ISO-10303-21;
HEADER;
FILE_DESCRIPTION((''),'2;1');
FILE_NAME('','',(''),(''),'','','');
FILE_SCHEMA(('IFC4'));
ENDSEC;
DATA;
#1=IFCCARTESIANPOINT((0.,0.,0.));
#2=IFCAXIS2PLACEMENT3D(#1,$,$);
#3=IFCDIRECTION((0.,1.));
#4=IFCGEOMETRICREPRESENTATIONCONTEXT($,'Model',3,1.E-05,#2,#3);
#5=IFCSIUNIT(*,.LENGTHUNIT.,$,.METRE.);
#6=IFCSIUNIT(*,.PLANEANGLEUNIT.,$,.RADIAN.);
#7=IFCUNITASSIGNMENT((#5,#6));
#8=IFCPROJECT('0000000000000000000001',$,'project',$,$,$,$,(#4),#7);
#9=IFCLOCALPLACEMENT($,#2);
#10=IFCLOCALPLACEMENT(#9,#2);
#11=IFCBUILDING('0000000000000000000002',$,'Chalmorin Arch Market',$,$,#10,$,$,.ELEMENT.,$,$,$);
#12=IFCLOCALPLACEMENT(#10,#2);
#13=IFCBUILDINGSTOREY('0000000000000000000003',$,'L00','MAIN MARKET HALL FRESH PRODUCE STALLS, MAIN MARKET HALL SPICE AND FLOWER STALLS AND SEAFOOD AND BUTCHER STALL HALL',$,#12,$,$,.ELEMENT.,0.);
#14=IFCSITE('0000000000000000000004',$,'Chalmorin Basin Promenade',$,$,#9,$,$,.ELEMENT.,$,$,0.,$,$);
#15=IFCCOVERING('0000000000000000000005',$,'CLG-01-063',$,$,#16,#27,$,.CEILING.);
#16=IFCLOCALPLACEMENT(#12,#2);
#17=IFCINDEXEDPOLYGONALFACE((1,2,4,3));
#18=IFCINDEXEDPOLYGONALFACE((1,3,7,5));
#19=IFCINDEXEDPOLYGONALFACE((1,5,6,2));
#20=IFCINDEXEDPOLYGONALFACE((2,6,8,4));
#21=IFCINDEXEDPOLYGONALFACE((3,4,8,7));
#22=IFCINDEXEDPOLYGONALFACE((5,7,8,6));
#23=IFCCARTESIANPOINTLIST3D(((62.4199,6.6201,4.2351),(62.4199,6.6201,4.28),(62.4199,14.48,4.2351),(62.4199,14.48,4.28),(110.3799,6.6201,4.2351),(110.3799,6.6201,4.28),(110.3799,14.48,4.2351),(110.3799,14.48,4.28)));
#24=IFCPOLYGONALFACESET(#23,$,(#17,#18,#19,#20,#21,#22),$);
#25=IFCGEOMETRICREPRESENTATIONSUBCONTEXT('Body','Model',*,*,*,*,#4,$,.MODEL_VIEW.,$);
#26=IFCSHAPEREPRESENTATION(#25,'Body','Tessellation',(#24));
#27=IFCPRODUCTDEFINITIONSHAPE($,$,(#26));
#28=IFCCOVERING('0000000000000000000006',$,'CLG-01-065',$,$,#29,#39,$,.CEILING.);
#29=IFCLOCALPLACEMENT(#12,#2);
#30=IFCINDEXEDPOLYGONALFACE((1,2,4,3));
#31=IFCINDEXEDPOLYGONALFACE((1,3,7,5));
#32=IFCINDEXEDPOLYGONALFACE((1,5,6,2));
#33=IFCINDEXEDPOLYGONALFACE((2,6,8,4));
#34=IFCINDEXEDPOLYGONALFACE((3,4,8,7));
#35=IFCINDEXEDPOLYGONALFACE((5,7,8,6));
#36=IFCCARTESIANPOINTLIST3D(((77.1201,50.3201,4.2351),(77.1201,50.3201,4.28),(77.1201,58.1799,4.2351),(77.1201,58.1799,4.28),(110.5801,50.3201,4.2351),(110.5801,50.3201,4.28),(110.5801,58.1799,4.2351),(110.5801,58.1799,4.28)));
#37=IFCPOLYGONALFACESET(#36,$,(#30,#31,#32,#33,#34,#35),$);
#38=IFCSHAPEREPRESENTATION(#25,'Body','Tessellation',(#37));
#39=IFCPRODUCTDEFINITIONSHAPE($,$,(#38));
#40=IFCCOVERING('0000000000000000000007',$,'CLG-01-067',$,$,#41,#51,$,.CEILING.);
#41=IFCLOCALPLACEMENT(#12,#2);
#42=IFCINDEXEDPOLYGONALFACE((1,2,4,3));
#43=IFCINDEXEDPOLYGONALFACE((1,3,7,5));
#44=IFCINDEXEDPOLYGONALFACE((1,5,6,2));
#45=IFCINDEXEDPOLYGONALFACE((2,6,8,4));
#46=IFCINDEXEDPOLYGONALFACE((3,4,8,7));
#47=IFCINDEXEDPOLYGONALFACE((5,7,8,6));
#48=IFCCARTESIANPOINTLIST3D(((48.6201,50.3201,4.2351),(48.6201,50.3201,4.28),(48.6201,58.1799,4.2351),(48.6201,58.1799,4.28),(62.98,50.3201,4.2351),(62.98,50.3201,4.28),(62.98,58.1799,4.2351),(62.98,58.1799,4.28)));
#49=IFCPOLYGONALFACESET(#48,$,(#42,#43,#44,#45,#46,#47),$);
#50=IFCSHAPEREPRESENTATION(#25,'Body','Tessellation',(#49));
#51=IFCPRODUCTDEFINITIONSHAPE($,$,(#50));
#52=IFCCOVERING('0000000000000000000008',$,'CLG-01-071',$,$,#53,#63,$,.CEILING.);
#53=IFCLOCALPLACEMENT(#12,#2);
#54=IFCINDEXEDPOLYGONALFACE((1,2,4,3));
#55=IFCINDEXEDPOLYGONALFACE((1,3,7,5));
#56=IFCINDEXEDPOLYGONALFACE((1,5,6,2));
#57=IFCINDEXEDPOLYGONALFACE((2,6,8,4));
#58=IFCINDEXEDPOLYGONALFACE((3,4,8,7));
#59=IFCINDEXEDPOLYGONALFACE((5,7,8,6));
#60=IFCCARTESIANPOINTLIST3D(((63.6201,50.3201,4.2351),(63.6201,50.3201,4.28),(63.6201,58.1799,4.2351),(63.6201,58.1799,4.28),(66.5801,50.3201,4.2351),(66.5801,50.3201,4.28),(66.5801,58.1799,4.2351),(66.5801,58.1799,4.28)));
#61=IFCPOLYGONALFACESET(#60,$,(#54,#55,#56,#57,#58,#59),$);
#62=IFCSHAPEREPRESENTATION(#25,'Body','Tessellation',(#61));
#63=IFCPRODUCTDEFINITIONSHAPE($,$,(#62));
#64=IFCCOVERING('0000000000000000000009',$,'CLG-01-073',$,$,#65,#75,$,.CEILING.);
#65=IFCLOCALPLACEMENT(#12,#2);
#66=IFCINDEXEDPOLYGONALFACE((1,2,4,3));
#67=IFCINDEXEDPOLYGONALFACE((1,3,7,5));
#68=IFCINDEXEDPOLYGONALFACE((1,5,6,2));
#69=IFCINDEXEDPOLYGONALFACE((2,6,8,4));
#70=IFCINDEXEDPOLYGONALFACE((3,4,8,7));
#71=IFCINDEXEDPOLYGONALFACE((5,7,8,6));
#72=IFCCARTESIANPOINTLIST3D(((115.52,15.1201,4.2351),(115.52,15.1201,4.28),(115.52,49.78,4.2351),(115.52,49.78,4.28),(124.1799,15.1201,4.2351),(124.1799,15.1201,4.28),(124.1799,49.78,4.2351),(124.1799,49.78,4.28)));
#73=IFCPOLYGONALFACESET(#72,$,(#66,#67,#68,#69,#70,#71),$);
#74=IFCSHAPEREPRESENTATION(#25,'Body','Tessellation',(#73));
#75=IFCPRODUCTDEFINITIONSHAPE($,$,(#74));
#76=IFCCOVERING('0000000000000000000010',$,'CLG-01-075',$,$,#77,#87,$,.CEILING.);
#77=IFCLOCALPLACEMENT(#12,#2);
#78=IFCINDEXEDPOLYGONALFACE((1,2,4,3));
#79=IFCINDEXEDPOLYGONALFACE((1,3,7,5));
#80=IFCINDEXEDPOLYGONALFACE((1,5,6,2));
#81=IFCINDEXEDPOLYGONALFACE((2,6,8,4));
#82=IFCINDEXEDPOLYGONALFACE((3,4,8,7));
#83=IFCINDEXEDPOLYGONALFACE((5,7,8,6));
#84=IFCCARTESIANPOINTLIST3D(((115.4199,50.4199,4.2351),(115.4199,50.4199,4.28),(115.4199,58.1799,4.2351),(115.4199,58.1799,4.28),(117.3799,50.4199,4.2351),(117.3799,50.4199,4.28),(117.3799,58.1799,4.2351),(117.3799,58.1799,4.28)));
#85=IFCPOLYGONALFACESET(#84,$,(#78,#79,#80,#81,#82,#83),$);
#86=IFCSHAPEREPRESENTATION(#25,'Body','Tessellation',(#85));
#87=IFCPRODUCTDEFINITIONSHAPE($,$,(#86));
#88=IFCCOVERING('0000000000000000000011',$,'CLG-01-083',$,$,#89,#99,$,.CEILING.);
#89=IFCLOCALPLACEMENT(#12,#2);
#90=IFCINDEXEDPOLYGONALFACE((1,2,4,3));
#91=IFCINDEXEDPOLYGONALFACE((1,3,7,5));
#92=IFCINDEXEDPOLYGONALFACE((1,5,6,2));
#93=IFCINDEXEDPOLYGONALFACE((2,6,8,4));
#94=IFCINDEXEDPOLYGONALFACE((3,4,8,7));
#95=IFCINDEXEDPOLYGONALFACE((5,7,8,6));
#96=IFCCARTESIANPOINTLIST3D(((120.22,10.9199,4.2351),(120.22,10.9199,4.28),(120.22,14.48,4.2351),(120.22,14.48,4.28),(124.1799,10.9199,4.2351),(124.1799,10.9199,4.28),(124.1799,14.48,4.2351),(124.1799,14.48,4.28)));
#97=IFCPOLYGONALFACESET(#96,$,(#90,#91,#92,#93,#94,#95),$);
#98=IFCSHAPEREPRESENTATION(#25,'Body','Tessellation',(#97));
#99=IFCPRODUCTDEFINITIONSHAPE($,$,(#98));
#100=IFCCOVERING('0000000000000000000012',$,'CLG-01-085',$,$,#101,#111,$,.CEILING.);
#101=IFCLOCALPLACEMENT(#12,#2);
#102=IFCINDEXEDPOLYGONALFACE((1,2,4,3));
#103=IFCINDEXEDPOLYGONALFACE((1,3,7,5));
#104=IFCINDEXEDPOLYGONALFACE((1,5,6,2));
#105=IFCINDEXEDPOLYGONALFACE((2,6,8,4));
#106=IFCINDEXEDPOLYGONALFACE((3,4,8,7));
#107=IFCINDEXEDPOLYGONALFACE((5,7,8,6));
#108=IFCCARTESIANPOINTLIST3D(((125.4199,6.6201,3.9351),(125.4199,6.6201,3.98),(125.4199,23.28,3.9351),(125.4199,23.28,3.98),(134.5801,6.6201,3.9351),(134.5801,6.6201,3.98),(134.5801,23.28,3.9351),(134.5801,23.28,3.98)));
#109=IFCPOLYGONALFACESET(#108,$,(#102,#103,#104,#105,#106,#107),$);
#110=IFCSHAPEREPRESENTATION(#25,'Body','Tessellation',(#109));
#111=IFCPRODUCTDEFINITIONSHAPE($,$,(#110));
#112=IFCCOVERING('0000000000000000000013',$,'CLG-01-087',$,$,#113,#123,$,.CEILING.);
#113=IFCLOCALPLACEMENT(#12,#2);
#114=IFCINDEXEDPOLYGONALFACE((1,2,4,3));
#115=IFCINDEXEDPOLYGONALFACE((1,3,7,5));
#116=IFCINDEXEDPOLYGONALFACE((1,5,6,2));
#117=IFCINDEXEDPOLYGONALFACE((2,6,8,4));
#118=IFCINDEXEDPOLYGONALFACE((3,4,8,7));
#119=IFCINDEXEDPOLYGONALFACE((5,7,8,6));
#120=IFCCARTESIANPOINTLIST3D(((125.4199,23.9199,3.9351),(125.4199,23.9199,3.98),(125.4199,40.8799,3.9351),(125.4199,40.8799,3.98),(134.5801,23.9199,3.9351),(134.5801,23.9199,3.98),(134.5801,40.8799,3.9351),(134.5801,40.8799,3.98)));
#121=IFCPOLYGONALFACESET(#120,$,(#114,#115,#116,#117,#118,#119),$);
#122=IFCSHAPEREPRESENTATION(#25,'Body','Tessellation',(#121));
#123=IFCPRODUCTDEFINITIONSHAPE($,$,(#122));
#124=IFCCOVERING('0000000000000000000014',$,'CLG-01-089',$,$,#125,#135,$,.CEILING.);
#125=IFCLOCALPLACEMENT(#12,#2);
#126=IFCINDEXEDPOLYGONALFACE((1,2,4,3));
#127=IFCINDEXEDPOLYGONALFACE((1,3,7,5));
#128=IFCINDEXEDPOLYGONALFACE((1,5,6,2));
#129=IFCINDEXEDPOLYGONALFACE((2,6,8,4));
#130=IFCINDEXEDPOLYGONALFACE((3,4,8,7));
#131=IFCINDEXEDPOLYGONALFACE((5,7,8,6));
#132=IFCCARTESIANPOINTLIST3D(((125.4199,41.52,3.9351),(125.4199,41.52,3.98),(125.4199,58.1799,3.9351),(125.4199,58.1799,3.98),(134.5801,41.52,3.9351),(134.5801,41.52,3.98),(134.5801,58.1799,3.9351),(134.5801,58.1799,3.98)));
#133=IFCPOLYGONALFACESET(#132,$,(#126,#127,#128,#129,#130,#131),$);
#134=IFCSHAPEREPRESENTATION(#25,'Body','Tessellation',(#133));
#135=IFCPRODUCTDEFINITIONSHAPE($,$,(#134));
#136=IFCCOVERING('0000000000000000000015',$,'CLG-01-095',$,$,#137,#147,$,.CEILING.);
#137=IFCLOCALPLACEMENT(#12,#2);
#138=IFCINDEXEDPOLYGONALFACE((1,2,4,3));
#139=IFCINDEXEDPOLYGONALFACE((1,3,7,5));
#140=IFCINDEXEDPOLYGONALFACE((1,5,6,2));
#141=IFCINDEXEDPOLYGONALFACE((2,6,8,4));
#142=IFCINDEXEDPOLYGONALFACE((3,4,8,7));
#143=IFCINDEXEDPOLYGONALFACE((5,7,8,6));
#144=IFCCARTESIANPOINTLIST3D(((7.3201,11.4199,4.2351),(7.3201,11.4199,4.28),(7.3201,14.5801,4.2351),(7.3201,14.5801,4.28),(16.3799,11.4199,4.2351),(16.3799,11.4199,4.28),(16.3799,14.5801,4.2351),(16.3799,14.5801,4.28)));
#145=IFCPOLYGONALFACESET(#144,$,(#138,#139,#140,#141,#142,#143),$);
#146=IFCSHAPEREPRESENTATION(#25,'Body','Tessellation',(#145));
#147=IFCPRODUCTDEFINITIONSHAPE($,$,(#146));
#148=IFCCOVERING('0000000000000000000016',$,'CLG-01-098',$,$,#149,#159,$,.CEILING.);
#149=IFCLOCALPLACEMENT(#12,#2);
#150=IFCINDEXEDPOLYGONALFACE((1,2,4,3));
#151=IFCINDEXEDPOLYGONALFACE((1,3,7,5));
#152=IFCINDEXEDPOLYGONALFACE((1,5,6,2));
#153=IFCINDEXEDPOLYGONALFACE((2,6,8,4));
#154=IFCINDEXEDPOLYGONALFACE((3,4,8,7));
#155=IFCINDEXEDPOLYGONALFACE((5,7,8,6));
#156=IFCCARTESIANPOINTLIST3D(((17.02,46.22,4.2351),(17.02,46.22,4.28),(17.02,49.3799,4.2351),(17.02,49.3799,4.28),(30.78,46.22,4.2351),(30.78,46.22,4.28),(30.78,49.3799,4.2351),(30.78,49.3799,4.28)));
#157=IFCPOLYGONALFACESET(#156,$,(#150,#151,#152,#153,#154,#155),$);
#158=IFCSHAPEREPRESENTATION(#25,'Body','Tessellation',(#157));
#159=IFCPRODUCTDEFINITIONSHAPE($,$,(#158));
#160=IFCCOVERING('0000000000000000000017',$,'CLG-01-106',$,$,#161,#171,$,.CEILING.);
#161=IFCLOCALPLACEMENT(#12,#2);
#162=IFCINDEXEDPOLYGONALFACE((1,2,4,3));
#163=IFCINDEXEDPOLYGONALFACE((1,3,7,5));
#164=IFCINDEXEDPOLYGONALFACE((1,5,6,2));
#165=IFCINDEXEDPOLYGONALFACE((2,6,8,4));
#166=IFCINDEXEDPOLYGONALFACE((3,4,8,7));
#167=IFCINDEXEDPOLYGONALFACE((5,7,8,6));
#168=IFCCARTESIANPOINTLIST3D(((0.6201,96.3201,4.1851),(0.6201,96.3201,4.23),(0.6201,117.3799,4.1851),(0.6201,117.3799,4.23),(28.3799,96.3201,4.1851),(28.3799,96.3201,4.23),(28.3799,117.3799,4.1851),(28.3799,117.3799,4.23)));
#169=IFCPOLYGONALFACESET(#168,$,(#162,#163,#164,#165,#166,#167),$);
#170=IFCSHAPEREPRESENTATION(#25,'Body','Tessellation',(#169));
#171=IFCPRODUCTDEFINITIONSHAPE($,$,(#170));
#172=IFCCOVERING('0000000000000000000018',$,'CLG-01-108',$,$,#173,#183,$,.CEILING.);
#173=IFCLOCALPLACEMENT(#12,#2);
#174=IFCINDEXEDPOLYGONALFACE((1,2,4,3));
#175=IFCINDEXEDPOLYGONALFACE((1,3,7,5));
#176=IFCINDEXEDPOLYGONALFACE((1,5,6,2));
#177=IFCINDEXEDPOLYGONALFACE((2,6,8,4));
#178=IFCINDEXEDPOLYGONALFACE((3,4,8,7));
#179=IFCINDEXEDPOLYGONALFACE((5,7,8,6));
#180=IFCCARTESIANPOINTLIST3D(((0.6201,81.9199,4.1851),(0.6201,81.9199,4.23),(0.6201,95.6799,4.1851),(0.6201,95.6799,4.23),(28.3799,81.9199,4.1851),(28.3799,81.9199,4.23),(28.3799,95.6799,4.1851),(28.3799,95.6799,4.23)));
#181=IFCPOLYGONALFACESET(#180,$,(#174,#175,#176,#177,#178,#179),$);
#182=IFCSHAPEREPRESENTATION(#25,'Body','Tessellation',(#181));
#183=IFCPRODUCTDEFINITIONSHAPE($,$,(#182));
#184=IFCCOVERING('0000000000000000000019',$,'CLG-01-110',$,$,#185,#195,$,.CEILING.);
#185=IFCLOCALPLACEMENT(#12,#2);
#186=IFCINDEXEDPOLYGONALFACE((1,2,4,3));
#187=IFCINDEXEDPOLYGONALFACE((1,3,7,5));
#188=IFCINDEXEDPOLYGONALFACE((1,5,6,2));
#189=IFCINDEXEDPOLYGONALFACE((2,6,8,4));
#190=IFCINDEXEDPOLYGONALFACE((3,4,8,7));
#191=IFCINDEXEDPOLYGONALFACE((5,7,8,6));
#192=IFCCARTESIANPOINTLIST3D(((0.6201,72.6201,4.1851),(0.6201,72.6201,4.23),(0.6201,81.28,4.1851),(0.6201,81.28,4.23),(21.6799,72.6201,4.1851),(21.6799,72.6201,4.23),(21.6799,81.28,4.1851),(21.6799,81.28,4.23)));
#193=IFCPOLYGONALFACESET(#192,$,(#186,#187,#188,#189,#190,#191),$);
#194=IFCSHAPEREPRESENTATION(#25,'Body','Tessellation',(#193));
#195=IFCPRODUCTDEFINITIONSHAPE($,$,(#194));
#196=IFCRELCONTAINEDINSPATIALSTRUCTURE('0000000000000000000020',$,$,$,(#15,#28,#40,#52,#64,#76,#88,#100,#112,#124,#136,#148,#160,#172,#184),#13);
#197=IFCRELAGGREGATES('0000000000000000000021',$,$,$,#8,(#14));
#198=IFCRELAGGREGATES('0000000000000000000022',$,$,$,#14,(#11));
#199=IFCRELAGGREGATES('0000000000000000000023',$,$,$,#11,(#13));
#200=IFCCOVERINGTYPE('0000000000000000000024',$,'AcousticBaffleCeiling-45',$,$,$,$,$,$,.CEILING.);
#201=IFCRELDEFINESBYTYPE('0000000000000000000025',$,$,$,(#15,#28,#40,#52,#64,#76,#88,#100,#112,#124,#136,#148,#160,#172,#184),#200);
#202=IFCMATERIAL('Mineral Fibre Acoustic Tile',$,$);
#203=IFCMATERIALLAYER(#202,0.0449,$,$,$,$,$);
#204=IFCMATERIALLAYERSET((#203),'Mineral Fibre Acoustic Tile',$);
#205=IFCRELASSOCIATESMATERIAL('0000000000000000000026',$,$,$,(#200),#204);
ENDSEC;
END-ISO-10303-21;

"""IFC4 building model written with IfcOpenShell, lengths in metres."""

from ifc_helpers import new_model, si_unit, direction, frame, origin, place, context, subcontext, project, spatial, polyline, outline, extrude, material, layer, layer_set, type_object, element, save


model = new_model("IFC4")

# Units and contexts
model_context = context("Model", 3, precision=1e-05, world=origin(), true_north=direction((0.0, 1.0)))
body_context = subcontext(model_context, "Body", "Model", "MODEL_VIEW")
ifc_project = project(units=[si_unit("LENGTHUNIT", "METRE"), si_unit("PLANEANGLEUNIT", "RADIAN")], contexts=[model_context])

# Site, building, storey
site_placement = place(None, origin())
site = spatial("IfcSite", under=ifc_project, at=site_placement, Name="Chalmorin Basin Promenade", CompositionType="ELEMENT", RefElevation=0.0)
building_placement = place(site_placement, origin())
building = spatial("IfcBuilding", under=site, at=building_placement, Name="Chalmorin Arch Market", CompositionType="ELEMENT")
storey_placement = place(building_placement, origin())
storey = spatial("IfcBuildingStorey", under=building, at=storey_placement, Name="L00", Description="MAIN MARKET HALL FRESH PRODUCE STALLS, MAIN MARKET HALL SPICE AND FLOWER STALLS AND SEAFOOD AND BUTCHER STALL HALL", CompositionType="ELEMENT", Elevation=0.0)

# Coverings
ifc_material_1 = material(Name="Mineral Fibre Acoustic Tile")
ifc_layer_1 = layer(ifc_material_1, 0.0449)
ifc_layer_set_1 = layer_set([ifc_layer_1], Name="Mineral Fibre Acoustic Tile")
covering_type_1 = type_object("IfcCoveringType", Name="AcousticBaffleCeiling-45", PredefinedType="CEILING", material=ifc_layer_set_1)
covering_1_placement = place(storey_placement, frame((0.0, 0.0, 4.2351)))
element("IfcCovering", 1, at=covering_1_placement, inside=storey, type_object=covering_type_1, Name="CLG-01-063", PredefinedType="CEILING", context=body_context, shape_type="SweptSolid", body=[
    extrude(outline(polyline([(62.4199, 6.6201), (110.3799, 6.6201), (110.3799, 14.48), (62.4199, 14.48), (62.4199, 6.6201)])), origin(), (0.0, 0.0, 1.0), 0.0449),
])
covering_2_placement = place(storey_placement, frame((0.0, 0.0, 4.2351)))
element("IfcCovering", 2, at=covering_2_placement, inside=storey, type_object=covering_type_1, Name="CLG-01-065", PredefinedType="CEILING", context=body_context, shape_type="SweptSolid", body=[
    extrude(outline(polyline([(77.1201, 50.3201), (110.5801, 50.3201), (110.5801, 58.1799), (77.1201, 58.1799), (77.1201, 50.3201)])), origin(), (0.0, 0.0, 1.0), 0.0449),
])
covering_3_placement = place(storey_placement, frame((0.0, 0.0, 4.2351)))
element("IfcCovering", 3, at=covering_3_placement, inside=storey, type_object=covering_type_1, Name="CLG-01-067", PredefinedType="CEILING", context=body_context, shape_type="SweptSolid", body=[
    extrude(outline(polyline([(48.6201, 50.3201), (62.98, 50.3201), (62.98, 58.1799), (48.6201, 58.1799), (48.6201, 50.3201)])), origin(), (0.0, 0.0, 1.0), 0.0449),
])
covering_4_placement = place(storey_placement, frame((0.0, 0.0, 4.2351)))
element("IfcCovering", 4, at=covering_4_placement, inside=storey, type_object=covering_type_1, Name="CLG-01-071", PredefinedType="CEILING", context=body_context, shape_type="SweptSolid", body=[
    extrude(outline(polyline([(63.6201, 50.3201), (66.5801, 50.3201), (66.5801, 58.1799), (63.6201, 58.1799), (63.6201, 50.3201)])), origin(), (0.0, 0.0, 1.0), 0.0449),
])
covering_5_placement = place(storey_placement, frame((0.0, 0.0, 4.2351)))
element("IfcCovering", 5, at=covering_5_placement, inside=storey, type_object=covering_type_1, Name="CLG-01-073", PredefinedType="CEILING", context=body_context, shape_type="SweptSolid", body=[
    extrude(outline(polyline([(115.52, 15.1201), (124.1799, 15.1201), (124.1799, 49.78), (115.52, 49.78), (115.52, 15.1201)])), origin(), (0.0, 0.0, 1.0), 0.0449),
])
covering_6_placement = place(storey_placement, frame((0.0, 0.0, 4.2351)))
element("IfcCovering", 6, at=covering_6_placement, inside=storey, type_object=covering_type_1, Name="CLG-01-075", PredefinedType="CEILING", context=body_context, shape_type="SweptSolid", body=[
    extrude(outline(polyline([(115.4199, 50.4199), (117.3799, 50.4199), (117.3799, 58.1799), (115.4199, 58.1799), (115.4199, 50.4199)])), origin(), (0.0, 0.0, 1.0), 0.0449),
])
covering_7_placement = place(storey_placement, frame((0.0, 0.0, 4.2351)))
element("IfcCovering", 7, at=covering_7_placement, inside=storey, type_object=covering_type_1, Name="CLG-01-083", PredefinedType="CEILING", context=body_context, shape_type="SweptSolid", body=[
    extrude(outline(polyline([(120.22, 10.9199), (124.1799, 10.9199), (124.1799, 14.48), (120.22, 14.48), (120.22, 10.9199)])), origin(), (0.0, 0.0, 1.0), 0.0449),
])
covering_8_placement = place(storey_placement, frame((0.0, 0.0, 3.9351)))
element("IfcCovering", 8, at=covering_8_placement, inside=storey, type_object=covering_type_1, Name="CLG-01-085", PredefinedType="CEILING", context=body_context, shape_type="SweptSolid", body=[
    extrude(outline(polyline([(125.4199, 6.6201), (134.5801, 6.6201), (134.5801, 23.28), (125.4199, 23.28), (125.4199, 6.6201)])), origin(), (0.0, 0.0, 1.0), 0.0449),
])
covering_9_placement = place(storey_placement, frame((0.0, 0.0, 3.9351)))
element("IfcCovering", 9, at=covering_9_placement, inside=storey, type_object=covering_type_1, Name="CLG-01-087", PredefinedType="CEILING", context=body_context, shape_type="SweptSolid", body=[
    extrude(outline(polyline([(125.4199, 23.9199), (134.5801, 23.9199), (134.5801, 40.8799), (125.4199, 40.8799), (125.4199, 23.9199)])), origin(), (0.0, 0.0, 1.0), 0.0449),
])
covering_10_placement = place(storey_placement, frame((0.0, 0.0, 3.9351)))
element("IfcCovering", 10, at=covering_10_placement, inside=storey, type_object=covering_type_1, Name="CLG-01-089", PredefinedType="CEILING", context=body_context, shape_type="SweptSolid", body=[
    extrude(outline(polyline([(125.4199, 41.52), (134.5801, 41.52), (134.5801, 58.1799), (125.4199, 58.1799), (125.4199, 41.52)])), origin(), (0.0, 0.0, 1.0), 0.0449),
])
covering_11_placement = place(storey_placement, frame((0.0, 0.0, 4.2351)))
element("IfcCovering", 11, at=covering_11_placement, inside=storey, type_object=covering_type_1, Name="CLG-01-095", PredefinedType="CEILING", context=body_context, shape_type="SweptSolid", body=[
    extrude(outline(polyline([(7.3201, 11.4199), (16.3799, 11.4199), (16.3799, 14.5801), (7.3201, 14.5801), (7.3201, 11.4199)])), origin(), (0.0, 0.0, 1.0), 0.0449),
])
covering_12_placement = place(storey_placement, frame((0.0, 0.0, 4.2351)))
element("IfcCovering", 12, at=covering_12_placement, inside=storey, type_object=covering_type_1, Name="CLG-01-098", PredefinedType="CEILING", context=body_context, shape_type="SweptSolid", body=[
    extrude(outline(polyline([(17.02, 46.22), (30.78, 46.22), (30.78, 49.3799), (17.02, 49.3799), (17.02, 46.22)])), origin(), (0.0, 0.0, 1.0), 0.0449),
])
covering_13_placement = place(storey_placement, frame((0.0, 0.0, 4.1851)))
element("IfcCovering", 13, at=covering_13_placement, inside=storey, type_object=covering_type_1, Name="CLG-01-106", PredefinedType="CEILING", context=body_context, shape_type="SweptSolid", body=[
    extrude(outline(polyline([(0.6201, 96.3201), (28.3799, 96.3201), (28.3799, 117.3799), (0.6201, 117.3799), (0.6201, 96.3201)])), origin(), (0.0, 0.0, 1.0), 0.0449),
])
covering_14_placement = place(storey_placement, frame((0.0, 0.0, 4.1851)))
element("IfcCovering", 14, at=covering_14_placement, inside=storey, type_object=covering_type_1, Name="CLG-01-108", PredefinedType="CEILING", context=body_context, shape_type="SweptSolid", body=[
    extrude(outline(polyline([(0.6201, 81.9199), (28.3799, 81.9199), (28.3799, 95.6799), (0.6201, 95.6799), (0.6201, 81.9199)])), origin(), (0.0, 0.0, 1.0), 0.0449),
])
covering_15_placement = place(storey_placement, frame((0.0, 0.0, 4.1851)))
element("IfcCovering", 15, at=covering_15_placement, inside=storey, type_object=covering_type_1, Name="CLG-01-110", PredefinedType="CEILING", context=body_context, shape_type="SweptSolid", body=[
    extrude(outline(polyline([(0.6201, 72.6201), (21.6799, 72.6201), (21.6799, 81.28), (0.6201, 81.28), (0.6201, 72.6201)])), origin(), (0.0, 0.0, 1.0), 0.0449),
])

save(model, "model.ifc")
